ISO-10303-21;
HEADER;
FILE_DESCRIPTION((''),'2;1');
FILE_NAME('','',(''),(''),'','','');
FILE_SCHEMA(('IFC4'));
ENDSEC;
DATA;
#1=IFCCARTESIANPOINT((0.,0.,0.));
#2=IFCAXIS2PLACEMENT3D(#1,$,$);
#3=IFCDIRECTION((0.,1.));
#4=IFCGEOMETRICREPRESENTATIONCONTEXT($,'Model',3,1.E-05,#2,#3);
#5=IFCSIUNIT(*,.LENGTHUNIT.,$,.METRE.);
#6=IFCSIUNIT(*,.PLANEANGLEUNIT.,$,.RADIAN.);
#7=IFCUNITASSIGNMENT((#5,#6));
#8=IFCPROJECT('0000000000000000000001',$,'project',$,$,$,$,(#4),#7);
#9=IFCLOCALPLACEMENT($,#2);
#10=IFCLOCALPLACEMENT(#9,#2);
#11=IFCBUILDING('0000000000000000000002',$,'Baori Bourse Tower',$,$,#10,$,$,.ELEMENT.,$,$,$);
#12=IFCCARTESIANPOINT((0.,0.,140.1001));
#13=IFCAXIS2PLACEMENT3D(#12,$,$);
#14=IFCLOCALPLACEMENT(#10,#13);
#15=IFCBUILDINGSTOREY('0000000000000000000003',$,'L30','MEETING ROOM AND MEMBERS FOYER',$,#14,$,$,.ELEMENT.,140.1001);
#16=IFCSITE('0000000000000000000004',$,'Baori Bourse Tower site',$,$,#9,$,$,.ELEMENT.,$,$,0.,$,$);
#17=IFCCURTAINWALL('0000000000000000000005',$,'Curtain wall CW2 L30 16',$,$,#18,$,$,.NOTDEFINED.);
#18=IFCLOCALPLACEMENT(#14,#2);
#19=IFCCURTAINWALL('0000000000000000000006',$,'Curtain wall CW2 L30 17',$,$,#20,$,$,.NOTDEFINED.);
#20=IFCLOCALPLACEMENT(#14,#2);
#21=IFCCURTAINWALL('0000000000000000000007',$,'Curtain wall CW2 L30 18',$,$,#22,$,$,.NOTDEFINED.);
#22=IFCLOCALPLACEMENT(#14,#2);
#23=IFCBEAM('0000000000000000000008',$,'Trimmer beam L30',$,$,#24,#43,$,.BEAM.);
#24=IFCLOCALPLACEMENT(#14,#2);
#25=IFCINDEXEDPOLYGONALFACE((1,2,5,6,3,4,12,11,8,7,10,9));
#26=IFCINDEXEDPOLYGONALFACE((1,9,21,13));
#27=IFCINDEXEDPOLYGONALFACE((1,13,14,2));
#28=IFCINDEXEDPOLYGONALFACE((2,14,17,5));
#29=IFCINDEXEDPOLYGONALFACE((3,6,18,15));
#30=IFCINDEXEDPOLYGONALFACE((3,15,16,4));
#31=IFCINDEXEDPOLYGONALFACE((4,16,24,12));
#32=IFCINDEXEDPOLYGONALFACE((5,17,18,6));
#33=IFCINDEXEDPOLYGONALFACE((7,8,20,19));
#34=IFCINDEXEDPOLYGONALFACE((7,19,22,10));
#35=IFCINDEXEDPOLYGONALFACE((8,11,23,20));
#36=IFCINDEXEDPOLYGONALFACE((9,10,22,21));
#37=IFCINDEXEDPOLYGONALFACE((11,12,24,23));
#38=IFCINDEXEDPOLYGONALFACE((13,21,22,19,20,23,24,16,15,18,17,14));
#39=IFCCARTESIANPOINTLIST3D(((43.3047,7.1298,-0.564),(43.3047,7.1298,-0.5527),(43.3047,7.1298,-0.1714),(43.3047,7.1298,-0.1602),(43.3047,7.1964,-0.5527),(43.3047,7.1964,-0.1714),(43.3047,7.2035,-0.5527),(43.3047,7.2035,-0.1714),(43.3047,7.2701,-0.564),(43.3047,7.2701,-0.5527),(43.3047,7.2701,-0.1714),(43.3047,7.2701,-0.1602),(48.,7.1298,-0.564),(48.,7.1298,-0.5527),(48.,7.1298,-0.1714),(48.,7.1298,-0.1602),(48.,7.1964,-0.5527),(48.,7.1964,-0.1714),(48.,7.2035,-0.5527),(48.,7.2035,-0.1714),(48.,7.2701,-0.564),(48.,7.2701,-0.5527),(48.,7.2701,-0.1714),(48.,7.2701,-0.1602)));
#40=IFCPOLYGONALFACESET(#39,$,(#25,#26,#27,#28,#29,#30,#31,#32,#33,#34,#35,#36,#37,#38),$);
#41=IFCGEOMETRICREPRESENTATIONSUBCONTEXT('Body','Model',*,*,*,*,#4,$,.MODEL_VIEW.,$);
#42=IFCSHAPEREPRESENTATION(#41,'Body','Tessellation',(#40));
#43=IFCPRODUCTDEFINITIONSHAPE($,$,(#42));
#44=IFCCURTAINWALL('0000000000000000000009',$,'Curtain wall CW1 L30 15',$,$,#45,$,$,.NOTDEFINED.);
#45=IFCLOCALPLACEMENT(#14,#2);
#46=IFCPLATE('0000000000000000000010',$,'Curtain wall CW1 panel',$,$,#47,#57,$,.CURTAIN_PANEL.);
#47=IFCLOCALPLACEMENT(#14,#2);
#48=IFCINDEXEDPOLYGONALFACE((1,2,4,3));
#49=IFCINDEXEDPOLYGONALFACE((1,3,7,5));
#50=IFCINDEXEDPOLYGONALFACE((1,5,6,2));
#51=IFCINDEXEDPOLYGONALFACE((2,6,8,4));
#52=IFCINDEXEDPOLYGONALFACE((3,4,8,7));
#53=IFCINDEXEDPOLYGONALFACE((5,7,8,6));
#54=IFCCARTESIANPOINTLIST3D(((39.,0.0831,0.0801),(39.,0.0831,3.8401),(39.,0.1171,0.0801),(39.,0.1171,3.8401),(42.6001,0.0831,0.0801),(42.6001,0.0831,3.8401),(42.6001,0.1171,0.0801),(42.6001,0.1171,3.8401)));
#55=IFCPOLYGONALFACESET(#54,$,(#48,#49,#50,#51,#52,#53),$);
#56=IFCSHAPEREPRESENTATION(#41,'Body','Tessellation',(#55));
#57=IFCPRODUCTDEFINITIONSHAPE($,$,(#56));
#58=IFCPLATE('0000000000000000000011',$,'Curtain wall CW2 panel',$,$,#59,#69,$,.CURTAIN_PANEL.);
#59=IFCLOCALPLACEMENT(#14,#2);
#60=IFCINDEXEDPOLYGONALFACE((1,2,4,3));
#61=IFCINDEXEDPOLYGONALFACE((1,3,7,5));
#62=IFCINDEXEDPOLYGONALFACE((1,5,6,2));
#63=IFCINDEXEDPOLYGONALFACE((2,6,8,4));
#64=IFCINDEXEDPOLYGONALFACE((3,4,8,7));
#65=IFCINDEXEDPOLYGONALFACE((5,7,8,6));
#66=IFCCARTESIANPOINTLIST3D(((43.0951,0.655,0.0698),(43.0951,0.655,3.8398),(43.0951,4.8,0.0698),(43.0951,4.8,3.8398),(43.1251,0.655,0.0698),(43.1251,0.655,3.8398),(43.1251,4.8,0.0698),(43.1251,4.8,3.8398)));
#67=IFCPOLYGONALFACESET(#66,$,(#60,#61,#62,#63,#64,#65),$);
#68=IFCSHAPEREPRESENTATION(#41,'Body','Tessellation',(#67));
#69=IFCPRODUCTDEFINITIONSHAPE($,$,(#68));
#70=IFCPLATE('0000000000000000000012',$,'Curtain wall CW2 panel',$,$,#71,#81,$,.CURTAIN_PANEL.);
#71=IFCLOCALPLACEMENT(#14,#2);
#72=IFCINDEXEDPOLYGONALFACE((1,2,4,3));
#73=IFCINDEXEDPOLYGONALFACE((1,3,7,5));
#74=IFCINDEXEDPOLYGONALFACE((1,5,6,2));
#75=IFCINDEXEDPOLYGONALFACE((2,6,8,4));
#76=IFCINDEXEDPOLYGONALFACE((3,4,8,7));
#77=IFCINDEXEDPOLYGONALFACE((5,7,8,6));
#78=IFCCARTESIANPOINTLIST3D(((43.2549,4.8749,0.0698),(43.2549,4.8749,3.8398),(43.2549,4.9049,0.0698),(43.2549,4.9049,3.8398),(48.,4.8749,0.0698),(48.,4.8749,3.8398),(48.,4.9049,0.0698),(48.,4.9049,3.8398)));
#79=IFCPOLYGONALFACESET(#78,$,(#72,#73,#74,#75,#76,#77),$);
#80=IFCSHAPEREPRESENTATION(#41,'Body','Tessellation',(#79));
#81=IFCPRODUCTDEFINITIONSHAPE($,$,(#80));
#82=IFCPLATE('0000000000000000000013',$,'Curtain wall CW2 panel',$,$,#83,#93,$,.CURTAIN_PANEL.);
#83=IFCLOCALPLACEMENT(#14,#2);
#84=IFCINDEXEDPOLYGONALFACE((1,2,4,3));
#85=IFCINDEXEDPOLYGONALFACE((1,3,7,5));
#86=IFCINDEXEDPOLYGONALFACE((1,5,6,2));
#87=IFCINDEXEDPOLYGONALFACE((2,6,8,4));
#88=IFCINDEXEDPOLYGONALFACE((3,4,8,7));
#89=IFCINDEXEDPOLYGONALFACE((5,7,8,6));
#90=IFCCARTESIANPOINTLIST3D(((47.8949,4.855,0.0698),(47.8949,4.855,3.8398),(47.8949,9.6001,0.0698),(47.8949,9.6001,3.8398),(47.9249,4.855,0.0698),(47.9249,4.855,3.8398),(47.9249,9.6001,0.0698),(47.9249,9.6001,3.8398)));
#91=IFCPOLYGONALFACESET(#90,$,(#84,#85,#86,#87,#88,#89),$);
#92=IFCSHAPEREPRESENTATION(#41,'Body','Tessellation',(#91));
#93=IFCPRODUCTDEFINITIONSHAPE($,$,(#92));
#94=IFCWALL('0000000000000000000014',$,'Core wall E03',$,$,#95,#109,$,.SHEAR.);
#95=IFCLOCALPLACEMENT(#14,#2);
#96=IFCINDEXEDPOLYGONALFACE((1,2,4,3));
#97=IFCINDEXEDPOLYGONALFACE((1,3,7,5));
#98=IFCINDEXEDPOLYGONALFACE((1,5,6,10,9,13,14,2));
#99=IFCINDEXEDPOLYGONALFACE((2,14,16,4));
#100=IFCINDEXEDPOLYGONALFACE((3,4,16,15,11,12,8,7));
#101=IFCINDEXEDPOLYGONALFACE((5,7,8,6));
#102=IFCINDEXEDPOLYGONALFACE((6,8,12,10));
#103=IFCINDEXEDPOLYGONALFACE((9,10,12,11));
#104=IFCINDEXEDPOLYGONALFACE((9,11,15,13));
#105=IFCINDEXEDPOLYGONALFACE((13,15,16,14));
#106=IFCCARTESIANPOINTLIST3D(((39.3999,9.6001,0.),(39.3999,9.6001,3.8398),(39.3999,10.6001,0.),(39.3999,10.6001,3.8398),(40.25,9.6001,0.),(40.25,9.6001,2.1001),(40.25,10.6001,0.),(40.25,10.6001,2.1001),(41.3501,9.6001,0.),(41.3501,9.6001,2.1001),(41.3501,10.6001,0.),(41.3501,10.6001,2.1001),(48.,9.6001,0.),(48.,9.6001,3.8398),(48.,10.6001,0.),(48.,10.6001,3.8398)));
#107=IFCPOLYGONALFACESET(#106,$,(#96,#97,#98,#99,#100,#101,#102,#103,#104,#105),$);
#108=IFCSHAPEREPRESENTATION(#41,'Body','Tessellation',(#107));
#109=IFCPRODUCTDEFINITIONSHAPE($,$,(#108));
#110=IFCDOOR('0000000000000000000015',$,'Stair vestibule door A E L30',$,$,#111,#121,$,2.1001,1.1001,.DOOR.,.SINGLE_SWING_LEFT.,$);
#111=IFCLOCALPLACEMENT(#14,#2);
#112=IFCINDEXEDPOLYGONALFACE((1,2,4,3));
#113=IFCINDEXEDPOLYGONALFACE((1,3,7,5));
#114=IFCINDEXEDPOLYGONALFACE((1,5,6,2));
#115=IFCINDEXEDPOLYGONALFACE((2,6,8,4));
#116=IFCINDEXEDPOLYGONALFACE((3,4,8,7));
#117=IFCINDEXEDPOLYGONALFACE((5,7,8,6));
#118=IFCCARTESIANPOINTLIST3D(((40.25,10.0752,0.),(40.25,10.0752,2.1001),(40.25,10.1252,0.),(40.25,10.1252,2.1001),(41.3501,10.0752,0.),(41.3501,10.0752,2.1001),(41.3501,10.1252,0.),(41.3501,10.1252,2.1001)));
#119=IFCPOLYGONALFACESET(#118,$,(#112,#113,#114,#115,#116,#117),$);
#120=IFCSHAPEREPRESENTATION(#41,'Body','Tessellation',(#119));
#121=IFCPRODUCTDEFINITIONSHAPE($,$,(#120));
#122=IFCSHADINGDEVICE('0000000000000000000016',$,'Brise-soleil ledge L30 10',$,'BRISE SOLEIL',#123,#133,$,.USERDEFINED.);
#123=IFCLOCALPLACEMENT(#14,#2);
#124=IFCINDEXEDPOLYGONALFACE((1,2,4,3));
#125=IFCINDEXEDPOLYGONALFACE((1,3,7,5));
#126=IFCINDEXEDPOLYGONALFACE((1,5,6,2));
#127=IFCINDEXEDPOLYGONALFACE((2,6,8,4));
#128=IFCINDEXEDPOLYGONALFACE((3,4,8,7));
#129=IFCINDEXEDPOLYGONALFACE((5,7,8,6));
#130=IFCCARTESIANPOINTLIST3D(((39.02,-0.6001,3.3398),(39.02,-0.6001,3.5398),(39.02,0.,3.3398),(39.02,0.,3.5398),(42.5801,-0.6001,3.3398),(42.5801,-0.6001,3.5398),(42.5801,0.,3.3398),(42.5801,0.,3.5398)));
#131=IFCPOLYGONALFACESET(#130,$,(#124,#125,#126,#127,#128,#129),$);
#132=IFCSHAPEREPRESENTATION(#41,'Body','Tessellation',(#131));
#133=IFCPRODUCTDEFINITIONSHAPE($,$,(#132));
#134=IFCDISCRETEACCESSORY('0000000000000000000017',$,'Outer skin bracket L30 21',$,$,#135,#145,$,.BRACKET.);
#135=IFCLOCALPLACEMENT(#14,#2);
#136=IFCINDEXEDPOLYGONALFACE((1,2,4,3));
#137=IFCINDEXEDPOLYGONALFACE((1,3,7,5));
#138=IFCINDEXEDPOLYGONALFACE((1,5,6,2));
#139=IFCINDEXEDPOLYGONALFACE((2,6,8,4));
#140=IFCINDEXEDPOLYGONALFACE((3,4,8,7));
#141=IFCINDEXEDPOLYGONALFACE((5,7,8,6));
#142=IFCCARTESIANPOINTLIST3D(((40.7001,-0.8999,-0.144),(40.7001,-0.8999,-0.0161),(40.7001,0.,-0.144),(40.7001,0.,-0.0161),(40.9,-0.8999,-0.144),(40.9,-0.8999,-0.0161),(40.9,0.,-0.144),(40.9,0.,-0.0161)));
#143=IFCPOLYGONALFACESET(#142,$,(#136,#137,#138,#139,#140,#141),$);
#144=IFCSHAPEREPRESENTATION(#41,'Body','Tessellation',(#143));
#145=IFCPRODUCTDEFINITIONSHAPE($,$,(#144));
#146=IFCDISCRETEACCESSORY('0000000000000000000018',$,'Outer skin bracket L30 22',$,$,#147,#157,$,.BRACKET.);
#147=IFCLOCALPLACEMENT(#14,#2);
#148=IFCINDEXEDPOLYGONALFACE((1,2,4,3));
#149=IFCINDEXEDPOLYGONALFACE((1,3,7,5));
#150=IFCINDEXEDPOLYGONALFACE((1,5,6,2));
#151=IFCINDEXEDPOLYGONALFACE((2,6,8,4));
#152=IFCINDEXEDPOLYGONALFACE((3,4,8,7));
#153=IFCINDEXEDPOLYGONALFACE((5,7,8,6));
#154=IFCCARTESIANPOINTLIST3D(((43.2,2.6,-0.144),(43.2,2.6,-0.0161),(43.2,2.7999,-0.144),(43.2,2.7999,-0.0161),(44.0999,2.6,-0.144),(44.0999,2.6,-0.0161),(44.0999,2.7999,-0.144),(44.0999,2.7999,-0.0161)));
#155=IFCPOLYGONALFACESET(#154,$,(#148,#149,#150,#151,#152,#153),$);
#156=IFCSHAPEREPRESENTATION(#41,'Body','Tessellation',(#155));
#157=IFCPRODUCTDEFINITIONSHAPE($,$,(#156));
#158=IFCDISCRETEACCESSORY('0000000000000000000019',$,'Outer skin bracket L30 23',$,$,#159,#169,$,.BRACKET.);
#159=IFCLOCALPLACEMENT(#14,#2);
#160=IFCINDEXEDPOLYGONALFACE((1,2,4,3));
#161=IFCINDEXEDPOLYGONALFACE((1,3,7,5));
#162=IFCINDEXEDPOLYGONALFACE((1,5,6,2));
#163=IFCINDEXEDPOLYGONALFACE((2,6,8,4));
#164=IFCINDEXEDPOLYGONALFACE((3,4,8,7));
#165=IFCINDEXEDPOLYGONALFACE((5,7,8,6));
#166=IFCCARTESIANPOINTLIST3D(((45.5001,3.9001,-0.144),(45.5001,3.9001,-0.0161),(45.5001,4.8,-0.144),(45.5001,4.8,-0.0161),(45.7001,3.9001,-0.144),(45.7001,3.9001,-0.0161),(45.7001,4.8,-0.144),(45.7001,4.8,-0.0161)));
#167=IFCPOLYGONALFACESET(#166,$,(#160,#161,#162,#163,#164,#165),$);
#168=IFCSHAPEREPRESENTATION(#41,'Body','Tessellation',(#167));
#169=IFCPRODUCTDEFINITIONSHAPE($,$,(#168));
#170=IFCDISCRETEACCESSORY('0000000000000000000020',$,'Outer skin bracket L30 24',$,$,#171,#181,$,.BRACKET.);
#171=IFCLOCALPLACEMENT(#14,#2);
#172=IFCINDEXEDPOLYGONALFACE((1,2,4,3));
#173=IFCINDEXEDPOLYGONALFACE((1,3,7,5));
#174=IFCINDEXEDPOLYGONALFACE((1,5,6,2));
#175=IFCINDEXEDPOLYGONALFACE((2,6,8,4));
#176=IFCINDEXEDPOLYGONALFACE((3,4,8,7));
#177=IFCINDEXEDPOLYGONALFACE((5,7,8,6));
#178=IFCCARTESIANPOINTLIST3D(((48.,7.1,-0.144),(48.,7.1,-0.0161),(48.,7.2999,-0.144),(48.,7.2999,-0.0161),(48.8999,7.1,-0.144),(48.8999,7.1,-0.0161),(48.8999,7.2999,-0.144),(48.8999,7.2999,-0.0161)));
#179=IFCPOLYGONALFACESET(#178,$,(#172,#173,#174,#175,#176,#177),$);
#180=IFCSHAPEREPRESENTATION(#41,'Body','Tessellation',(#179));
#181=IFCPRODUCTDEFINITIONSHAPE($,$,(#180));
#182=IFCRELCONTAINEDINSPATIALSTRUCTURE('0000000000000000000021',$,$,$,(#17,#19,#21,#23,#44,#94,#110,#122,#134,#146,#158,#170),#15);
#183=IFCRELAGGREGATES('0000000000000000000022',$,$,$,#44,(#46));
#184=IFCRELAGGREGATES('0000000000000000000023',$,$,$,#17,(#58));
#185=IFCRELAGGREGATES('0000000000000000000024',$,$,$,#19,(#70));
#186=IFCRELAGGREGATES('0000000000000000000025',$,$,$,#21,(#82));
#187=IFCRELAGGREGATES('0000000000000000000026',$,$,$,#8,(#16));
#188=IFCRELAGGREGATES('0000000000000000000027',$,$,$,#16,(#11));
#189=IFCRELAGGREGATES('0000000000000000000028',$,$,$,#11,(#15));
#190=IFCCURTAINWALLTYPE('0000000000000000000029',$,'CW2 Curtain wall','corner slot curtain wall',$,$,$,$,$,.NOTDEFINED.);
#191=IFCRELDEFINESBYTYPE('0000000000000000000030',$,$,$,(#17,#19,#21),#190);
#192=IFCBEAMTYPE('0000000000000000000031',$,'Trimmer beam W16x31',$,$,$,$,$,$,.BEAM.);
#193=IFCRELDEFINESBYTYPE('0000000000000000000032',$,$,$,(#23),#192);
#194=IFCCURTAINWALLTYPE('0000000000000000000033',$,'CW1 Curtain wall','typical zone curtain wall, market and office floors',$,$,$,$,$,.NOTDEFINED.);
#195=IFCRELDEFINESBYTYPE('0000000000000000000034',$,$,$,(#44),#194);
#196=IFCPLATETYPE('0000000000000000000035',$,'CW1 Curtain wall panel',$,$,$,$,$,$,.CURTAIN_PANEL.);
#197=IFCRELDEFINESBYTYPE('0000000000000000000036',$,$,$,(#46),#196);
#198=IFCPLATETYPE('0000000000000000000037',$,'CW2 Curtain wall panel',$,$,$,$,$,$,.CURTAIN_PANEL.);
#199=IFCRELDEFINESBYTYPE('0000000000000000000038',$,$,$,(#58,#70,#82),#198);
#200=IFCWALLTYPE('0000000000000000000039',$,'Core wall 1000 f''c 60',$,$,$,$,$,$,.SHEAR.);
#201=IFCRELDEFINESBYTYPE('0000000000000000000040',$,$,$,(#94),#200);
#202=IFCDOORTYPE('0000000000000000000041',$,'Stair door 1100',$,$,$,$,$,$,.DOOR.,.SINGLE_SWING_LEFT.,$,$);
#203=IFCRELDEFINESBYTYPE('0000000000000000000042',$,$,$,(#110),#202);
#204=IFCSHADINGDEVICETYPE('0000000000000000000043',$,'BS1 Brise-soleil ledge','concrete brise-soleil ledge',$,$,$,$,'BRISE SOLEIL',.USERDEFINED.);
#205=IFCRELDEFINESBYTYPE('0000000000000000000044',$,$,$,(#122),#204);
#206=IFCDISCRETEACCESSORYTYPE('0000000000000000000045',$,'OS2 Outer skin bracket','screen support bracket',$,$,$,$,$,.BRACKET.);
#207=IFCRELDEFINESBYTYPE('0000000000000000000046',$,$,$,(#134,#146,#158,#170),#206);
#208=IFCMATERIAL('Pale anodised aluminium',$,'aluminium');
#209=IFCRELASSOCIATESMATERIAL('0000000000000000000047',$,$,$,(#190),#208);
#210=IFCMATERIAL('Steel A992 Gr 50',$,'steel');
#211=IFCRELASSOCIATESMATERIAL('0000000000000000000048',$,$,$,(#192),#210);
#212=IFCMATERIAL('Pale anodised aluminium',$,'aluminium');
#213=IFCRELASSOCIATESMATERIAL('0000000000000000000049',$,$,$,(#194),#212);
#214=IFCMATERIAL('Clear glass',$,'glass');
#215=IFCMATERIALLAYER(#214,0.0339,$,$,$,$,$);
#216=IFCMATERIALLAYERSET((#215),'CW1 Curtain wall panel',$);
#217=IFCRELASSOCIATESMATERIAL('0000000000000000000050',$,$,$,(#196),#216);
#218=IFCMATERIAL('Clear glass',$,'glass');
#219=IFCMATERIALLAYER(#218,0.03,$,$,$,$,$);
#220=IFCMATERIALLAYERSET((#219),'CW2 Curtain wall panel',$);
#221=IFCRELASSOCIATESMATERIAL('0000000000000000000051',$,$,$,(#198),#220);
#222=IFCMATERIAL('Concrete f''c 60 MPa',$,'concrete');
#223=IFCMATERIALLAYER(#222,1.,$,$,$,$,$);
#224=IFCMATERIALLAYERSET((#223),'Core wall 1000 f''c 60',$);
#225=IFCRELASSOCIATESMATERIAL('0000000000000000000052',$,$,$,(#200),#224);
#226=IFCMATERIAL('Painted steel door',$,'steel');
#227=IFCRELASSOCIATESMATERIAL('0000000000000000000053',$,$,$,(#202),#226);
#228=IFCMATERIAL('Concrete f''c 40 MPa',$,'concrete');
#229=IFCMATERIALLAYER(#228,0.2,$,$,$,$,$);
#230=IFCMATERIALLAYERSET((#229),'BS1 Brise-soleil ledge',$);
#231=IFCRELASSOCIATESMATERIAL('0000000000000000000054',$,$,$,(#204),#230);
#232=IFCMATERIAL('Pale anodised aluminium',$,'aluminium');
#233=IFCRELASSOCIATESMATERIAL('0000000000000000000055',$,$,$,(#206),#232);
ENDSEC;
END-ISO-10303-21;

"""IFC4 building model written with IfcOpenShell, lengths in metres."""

from ifc_helpers import new_model, si_unit, direction, frame, frame_2d, origin, origin_2d, place, context, subcontext, project, spatial, rectangle, i_section, extrude, material, layer, layer_set, material_profile, profile_set, type_object, element, fill, aggregate, save


model = new_model("IFC4")

# Units and contexts
model_context = context("Model", 3, precision=1e-05, world=origin(), true_north=direction((0.0, 1.0)))
body_context = subcontext(model_context, "Body", "Model", "MODEL_VIEW")
ifc_project = project(units=[si_unit("LENGTHUNIT", "METRE"), si_unit("PLANEANGLEUNIT", "RADIAN")], contexts=[model_context])

# Site, building, storey
site_placement = place(None, origin())
site = spatial("IfcSite", under=ifc_project, at=site_placement, Name="Baori Bourse Tower site", CompositionType="ELEMENT", RefElevation=0.0)
building_placement = place(site_placement, origin())
building = spatial("IfcBuilding", under=site, at=building_placement, Name="Baori Bourse Tower", CompositionType="ELEMENT")
storey_placement = place(building_placement, frame((0.0, 0.0, 140.1001)))
storey = spatial("IfcBuildingStorey", under=building, at=storey_placement, Name="L30", Description="MEETING ROOM AND MEMBERS FOYER", CompositionType="ELEMENT", Elevation=140.1001)

# Curtain walls
ifc_material_1 = material(Name="Pale anodised aluminium", Category="aluminium")
curtain_wall_type_1 = type_object("IfcCurtainWallType", Name="CW2 Curtain wall", Description="corner slot curtain wall", PredefinedType="NOTDEFINED", material=ifc_material_1)
curtain_wall_1_placement = place(storey_placement, origin())
curtain_wall_1 = element("IfcCurtainWall", 1, at=curtain_wall_1_placement, inside=storey, type_object=curtain_wall_type_1, Name="Curtain wall CW2 L30 16", PredefinedType="NOTDEFINED")
curtain_wall_2_placement = place(storey_placement, origin())
curtain_wall_2 = element("IfcCurtainWall", 2, at=curtain_wall_2_placement, inside=storey, type_object=curtain_wall_type_1, Name="Curtain wall CW2 L30 17", PredefinedType="NOTDEFINED")
curtain_wall_3_placement = place(storey_placement, origin())
curtain_wall_3 = element("IfcCurtainWall", 3, at=curtain_wall_3_placement, inside=storey, type_object=curtain_wall_type_1, Name="Curtain wall CW2 L30 18", PredefinedType="NOTDEFINED")

# Beam
ifc_material_2 = material(Name="Steel A992 Gr 50", Category="steel")
ifc_material_profile_1 = material_profile(ifc_material_2, i_section(OverallWidth=0.1404, OverallDepth=0.4038, WebThickness=0.0071, FlangeThickness=0.0112, at=origin_2d()), Name="W16x31")
ifc_profile_set_1 = profile_set([ifc_material_profile_1], Name="Steel A992 Gr 50")
beam_type_1 = type_object("IfcBeamType", Name="Trimmer beam W16x31", PredefinedType="BEAM", material=ifc_profile_set_1)
beam_1_placement = place(storey_placement, frame((43.3047, 7.2, -0.3621), z_axis=(1.0, 0.0, 0.0), x_axis=(0.0, 1.0, 0.0)))
element("IfcBeam", 4, at=beam_1_placement, inside=storey, type_object=beam_type_1, Name="Trimmer beam L30", PredefinedType="BEAM", context=body_context, shape_type="SweptSolid", body=[
    extrude(i_section(OverallWidth=0.1404, OverallDepth=0.4038, WebThickness=0.0071, FlangeThickness=0.0112, at=origin_2d()), origin(), (0.0, 0.0, 1.0), 4.6953),
])

# Curtain wall, plate
ifc_material_3 = material(Name="Pale anodised aluminium", Category="aluminium")
curtain_wall_type_2 = type_object("IfcCurtainWallType", Name="CW1 Curtain wall", Description="typical zone curtain wall, market and office floors", PredefinedType="NOTDEFINED", material=ifc_material_3)
curtain_wall_4_placement = place(storey_placement, origin())
curtain_wall_4 = element("IfcCurtainWall", 5, at=curtain_wall_4_placement, inside=storey, type_object=curtain_wall_type_2, Name="Curtain wall CW1 L30 15", PredefinedType="NOTDEFINED")
ifc_material_4 = material(Name="Clear glass", Category="glass")
ifc_layer_1 = layer(ifc_material_4, 0.0339)
ifc_layer_set_1 = layer_set([ifc_layer_1], Name="CW1 Curtain wall panel")
plate_type_1 = type_object("IfcPlateType", Name="CW1 Curtain wall panel", PredefinedType="CURTAIN_PANEL", material=ifc_layer_set_1)
plate_1_placement = place(storey_placement, frame((40.8, 0.1001, 0.0801), z_axis=(0.0, 0.0, 1.0), x_axis=(1.0, 0.0, 0.0)))
plate_1 = element("IfcPlate", 6, at=plate_1_placement, type_object=plate_type_1, Name="Curtain wall CW1 panel", PredefinedType="CURTAIN_PANEL", context=body_context, shape_type="SweptSolid", body=[
    extrude(rectangle(XDim=3.6001, YDim=0.0339, at=origin_2d()), origin(), (0.0, 0.0, 1.0), 3.76),
])
aggregate(curtain_wall_4, [plate_1])

# Plates
ifc_material_5 = material(Name="Clear glass", Category="glass")
ifc_layer_2 = layer(ifc_material_5, 0.03)
ifc_layer_set_2 = layer_set([ifc_layer_2], Name="CW2 Curtain wall panel")
plate_type_2 = type_object("IfcPlateType", Name="CW2 Curtain wall panel", PredefinedType="CURTAIN_PANEL", material=ifc_layer_set_2)
plate_2_placement = place(storey_placement, frame((43.1101, 2.7275, 0.0698), z_axis=(0.0, 0.0, 1.0), x_axis=(0.0, 1.0, 0.0)))
plate_2 = element("IfcPlate", 7, at=plate_2_placement, type_object=plate_type_2, Name="Curtain wall CW2 panel", PredefinedType="CURTAIN_PANEL", context=body_context, shape_type="SweptSolid", body=[
    extrude(rectangle(XDim=4.145, YDim=0.03, at=origin_2d()), origin(), (0.0, 0.0, 1.0), 3.77),
])
aggregate(curtain_wall_1, [plate_2])
plate_3_placement = place(storey_placement, frame((45.6274, 4.8899, 0.0698), z_axis=(0.0, 0.0, 1.0), x_axis=(1.0, 0.0, 0.0)))
plate_3 = element("IfcPlate", 8, at=plate_3_placement, type_object=plate_type_2, Name="Curtain wall CW2 panel", PredefinedType="CURTAIN_PANEL", context=body_context, shape_type="SweptSolid", body=[
    extrude(rectangle(XDim=4.7451, YDim=0.03, at=origin_2d()), origin(), (0.0, 0.0, 1.0), 3.77),
])
aggregate(curtain_wall_2, [plate_3])
plate_4_placement = place(storey_placement, frame((47.9099, 7.2275, 0.0698), z_axis=(0.0, 0.0, 1.0), x_axis=(0.0, 1.0, 0.0)))
plate_4 = element("IfcPlate", 9, at=plate_4_placement, type_object=plate_type_2, Name="Curtain wall CW2 panel", PredefinedType="CURTAIN_PANEL", context=body_context, shape_type="SweptSolid", body=[
    extrude(rectangle(XDim=4.7451, YDim=0.03, at=origin_2d()), origin(), (0.0, 0.0, 1.0), 3.77),
])
aggregate(curtain_wall_3, [plate_4])

# Wall, opening, door
ifc_material_6 = material(Name="Concrete f'c 60 MPa", Category="concrete")
ifc_layer_3 = layer(ifc_material_6, 1.0)
ifc_layer_set_3 = layer_set([ifc_layer_3], Name="Core wall 1000 f'c 60")
wall_type = type_object("IfcWallType", Name="Core wall 1000 f'c 60", PredefinedType="SHEAR", material=ifc_layer_set_3)
wall_placement = place(storey_placement, frame((48.0, 10.1001, 0.0), z_axis=(0.0, 0.0, 1.0), x_axis=(-1.0, 0.0, 0.0)))
wall = element("IfcWall", 10, at=wall_placement, inside=storey, type_object=wall_type, Name="Core wall E03", PredefinedType="SHEAR", context=body_context, shape_type="SweptSolid", body=[
    extrude(rectangle(XDim=8.6001, YDim=1.0, at=frame_2d((4.3, 0.0))), origin(), (0.0, 0.0, 1.0), 3.8398),
])
opening_placement = place(wall_placement, frame((6.6499, 0.0, 0.0)))
opening = element("IfcOpeningElement", 11, at=opening_placement, cuts=wall, PredefinedType="OPENING", context=body_context, shape_type="SweptSolid", body=[
    extrude(rectangle(XDim=1.1001, YDim=2.1001, at=frame_2d((0.55, 1.05))), frame((0.0, 0.51, 0.0), z_axis=(0.0, -1.0, 0.0), x_axis=(1.0, 0.0, 0.0)), (0.0, 0.0, 1.0), 1.02),
])
ifc_material_7 = material(Name="Painted steel door", Category="steel")
door_type = type_object("IfcDoorType", Name="Stair door 1100", OperationType="SINGLE_SWING_LEFT", PredefinedType="DOOR", material=ifc_material_7)
door_placement = place(opening_placement, origin())
door = element("IfcDoor", 12, at=door_placement, inside=storey, type_object=door_type, Name="Stair vestibule door A E L30", OperationType="SINGLE_SWING_LEFT", OverallHeight=2.1001, OverallWidth=1.1001, PredefinedType="DOOR", context=body_context, shape_type="SweptSolid", body=[
    extrude(rectangle(XDim=1.1001, YDim=2.1001, at=frame_2d((0.55, 1.05))), frame((0.0, 0.0249, 0.0), z_axis=(0.0, -1.0, 0.0), x_axis=(1.0, 0.0, 0.0)), (0.0, 0.0, 1.0), 0.05),
])
fill(opening, door)

# Shading device
ifc_material_8 = material(Name="Concrete f'c 40 MPa", Category="concrete")
ifc_layer_4 = layer(ifc_material_8, 0.2)
ifc_layer_set_4 = layer_set([ifc_layer_4], Name="BS1 Brise-soleil ledge")
shading_device_type = type_object("IfcShadingDeviceType", Name="BS1 Brise-soleil ledge", Description="concrete brise-soleil ledge", ElementType="BRISE SOLEIL", PredefinedType="USERDEFINED", material=ifc_layer_set_4)
shading_device_placement = place(storey_placement, frame((40.8, -0.3, 3.3398), z_axis=(0.0, 0.0, 1.0), x_axis=(1.0, 0.0, 0.0)))
element("IfcShadingDevice", 13, at=shading_device_placement, inside=storey, type_object=shading_device_type, Name="Brise-soleil ledge L30 10", ObjectType="BRISE SOLEIL", PredefinedType="USERDEFINED", context=body_context, shape_type="SweptSolid", body=[
    extrude(rectangle(XDim=3.5601, YDim=0.6001, at=origin_2d()), origin(), (0.0, 0.0, 1.0), 0.2),
])

# Discrete accessories
ifc_material_9 = material(Name="Pale anodised aluminium", Category="aluminium")
discrete_accessory_type = type_object("IfcDiscreteAccessoryType", Name="OS2 Outer skin bracket", Description="screen support bracket", PredefinedType="BRACKET", material=ifc_material_9)
for number, where, z_axis, x_axis, name in (
    (14, (40.8, -0.45, -0.144), (0.0, 0.0, 1.0), (1.0, 0.0, 0.0), "Outer skin bracket L30 21"),
    (15, (43.6499, 2.7, -0.144), (0.0, 0.0, 1.0), (0.0, 1.0, 0.0), "Outer skin bracket L30 22"),
    (16, (45.6001, 4.3501, -0.144), (0.0, 0.0, 1.0), (1.0, 0.0, 0.0), "Outer skin bracket L30 23"),
    (17, (48.45, 7.2, -0.144), (0.0, 0.0, 1.0), (0.0, 1.0, 0.0), "Outer skin bracket L30 24"),
):
    element("IfcDiscreteAccessory", number, at=place(storey_placement, frame(where, z_axis=z_axis, x_axis=x_axis)), inside=storey, type_object=discrete_accessory_type, Name=name, PredefinedType="BRACKET", context=body_context, shape_type="SweptSolid", body=[
        extrude(rectangle(XDim=0.2, YDim=0.8999, at=origin_2d()), origin(), (0.0, 0.0, 1.0), 0.1279),
    ])

save(model, "model.ifc")
